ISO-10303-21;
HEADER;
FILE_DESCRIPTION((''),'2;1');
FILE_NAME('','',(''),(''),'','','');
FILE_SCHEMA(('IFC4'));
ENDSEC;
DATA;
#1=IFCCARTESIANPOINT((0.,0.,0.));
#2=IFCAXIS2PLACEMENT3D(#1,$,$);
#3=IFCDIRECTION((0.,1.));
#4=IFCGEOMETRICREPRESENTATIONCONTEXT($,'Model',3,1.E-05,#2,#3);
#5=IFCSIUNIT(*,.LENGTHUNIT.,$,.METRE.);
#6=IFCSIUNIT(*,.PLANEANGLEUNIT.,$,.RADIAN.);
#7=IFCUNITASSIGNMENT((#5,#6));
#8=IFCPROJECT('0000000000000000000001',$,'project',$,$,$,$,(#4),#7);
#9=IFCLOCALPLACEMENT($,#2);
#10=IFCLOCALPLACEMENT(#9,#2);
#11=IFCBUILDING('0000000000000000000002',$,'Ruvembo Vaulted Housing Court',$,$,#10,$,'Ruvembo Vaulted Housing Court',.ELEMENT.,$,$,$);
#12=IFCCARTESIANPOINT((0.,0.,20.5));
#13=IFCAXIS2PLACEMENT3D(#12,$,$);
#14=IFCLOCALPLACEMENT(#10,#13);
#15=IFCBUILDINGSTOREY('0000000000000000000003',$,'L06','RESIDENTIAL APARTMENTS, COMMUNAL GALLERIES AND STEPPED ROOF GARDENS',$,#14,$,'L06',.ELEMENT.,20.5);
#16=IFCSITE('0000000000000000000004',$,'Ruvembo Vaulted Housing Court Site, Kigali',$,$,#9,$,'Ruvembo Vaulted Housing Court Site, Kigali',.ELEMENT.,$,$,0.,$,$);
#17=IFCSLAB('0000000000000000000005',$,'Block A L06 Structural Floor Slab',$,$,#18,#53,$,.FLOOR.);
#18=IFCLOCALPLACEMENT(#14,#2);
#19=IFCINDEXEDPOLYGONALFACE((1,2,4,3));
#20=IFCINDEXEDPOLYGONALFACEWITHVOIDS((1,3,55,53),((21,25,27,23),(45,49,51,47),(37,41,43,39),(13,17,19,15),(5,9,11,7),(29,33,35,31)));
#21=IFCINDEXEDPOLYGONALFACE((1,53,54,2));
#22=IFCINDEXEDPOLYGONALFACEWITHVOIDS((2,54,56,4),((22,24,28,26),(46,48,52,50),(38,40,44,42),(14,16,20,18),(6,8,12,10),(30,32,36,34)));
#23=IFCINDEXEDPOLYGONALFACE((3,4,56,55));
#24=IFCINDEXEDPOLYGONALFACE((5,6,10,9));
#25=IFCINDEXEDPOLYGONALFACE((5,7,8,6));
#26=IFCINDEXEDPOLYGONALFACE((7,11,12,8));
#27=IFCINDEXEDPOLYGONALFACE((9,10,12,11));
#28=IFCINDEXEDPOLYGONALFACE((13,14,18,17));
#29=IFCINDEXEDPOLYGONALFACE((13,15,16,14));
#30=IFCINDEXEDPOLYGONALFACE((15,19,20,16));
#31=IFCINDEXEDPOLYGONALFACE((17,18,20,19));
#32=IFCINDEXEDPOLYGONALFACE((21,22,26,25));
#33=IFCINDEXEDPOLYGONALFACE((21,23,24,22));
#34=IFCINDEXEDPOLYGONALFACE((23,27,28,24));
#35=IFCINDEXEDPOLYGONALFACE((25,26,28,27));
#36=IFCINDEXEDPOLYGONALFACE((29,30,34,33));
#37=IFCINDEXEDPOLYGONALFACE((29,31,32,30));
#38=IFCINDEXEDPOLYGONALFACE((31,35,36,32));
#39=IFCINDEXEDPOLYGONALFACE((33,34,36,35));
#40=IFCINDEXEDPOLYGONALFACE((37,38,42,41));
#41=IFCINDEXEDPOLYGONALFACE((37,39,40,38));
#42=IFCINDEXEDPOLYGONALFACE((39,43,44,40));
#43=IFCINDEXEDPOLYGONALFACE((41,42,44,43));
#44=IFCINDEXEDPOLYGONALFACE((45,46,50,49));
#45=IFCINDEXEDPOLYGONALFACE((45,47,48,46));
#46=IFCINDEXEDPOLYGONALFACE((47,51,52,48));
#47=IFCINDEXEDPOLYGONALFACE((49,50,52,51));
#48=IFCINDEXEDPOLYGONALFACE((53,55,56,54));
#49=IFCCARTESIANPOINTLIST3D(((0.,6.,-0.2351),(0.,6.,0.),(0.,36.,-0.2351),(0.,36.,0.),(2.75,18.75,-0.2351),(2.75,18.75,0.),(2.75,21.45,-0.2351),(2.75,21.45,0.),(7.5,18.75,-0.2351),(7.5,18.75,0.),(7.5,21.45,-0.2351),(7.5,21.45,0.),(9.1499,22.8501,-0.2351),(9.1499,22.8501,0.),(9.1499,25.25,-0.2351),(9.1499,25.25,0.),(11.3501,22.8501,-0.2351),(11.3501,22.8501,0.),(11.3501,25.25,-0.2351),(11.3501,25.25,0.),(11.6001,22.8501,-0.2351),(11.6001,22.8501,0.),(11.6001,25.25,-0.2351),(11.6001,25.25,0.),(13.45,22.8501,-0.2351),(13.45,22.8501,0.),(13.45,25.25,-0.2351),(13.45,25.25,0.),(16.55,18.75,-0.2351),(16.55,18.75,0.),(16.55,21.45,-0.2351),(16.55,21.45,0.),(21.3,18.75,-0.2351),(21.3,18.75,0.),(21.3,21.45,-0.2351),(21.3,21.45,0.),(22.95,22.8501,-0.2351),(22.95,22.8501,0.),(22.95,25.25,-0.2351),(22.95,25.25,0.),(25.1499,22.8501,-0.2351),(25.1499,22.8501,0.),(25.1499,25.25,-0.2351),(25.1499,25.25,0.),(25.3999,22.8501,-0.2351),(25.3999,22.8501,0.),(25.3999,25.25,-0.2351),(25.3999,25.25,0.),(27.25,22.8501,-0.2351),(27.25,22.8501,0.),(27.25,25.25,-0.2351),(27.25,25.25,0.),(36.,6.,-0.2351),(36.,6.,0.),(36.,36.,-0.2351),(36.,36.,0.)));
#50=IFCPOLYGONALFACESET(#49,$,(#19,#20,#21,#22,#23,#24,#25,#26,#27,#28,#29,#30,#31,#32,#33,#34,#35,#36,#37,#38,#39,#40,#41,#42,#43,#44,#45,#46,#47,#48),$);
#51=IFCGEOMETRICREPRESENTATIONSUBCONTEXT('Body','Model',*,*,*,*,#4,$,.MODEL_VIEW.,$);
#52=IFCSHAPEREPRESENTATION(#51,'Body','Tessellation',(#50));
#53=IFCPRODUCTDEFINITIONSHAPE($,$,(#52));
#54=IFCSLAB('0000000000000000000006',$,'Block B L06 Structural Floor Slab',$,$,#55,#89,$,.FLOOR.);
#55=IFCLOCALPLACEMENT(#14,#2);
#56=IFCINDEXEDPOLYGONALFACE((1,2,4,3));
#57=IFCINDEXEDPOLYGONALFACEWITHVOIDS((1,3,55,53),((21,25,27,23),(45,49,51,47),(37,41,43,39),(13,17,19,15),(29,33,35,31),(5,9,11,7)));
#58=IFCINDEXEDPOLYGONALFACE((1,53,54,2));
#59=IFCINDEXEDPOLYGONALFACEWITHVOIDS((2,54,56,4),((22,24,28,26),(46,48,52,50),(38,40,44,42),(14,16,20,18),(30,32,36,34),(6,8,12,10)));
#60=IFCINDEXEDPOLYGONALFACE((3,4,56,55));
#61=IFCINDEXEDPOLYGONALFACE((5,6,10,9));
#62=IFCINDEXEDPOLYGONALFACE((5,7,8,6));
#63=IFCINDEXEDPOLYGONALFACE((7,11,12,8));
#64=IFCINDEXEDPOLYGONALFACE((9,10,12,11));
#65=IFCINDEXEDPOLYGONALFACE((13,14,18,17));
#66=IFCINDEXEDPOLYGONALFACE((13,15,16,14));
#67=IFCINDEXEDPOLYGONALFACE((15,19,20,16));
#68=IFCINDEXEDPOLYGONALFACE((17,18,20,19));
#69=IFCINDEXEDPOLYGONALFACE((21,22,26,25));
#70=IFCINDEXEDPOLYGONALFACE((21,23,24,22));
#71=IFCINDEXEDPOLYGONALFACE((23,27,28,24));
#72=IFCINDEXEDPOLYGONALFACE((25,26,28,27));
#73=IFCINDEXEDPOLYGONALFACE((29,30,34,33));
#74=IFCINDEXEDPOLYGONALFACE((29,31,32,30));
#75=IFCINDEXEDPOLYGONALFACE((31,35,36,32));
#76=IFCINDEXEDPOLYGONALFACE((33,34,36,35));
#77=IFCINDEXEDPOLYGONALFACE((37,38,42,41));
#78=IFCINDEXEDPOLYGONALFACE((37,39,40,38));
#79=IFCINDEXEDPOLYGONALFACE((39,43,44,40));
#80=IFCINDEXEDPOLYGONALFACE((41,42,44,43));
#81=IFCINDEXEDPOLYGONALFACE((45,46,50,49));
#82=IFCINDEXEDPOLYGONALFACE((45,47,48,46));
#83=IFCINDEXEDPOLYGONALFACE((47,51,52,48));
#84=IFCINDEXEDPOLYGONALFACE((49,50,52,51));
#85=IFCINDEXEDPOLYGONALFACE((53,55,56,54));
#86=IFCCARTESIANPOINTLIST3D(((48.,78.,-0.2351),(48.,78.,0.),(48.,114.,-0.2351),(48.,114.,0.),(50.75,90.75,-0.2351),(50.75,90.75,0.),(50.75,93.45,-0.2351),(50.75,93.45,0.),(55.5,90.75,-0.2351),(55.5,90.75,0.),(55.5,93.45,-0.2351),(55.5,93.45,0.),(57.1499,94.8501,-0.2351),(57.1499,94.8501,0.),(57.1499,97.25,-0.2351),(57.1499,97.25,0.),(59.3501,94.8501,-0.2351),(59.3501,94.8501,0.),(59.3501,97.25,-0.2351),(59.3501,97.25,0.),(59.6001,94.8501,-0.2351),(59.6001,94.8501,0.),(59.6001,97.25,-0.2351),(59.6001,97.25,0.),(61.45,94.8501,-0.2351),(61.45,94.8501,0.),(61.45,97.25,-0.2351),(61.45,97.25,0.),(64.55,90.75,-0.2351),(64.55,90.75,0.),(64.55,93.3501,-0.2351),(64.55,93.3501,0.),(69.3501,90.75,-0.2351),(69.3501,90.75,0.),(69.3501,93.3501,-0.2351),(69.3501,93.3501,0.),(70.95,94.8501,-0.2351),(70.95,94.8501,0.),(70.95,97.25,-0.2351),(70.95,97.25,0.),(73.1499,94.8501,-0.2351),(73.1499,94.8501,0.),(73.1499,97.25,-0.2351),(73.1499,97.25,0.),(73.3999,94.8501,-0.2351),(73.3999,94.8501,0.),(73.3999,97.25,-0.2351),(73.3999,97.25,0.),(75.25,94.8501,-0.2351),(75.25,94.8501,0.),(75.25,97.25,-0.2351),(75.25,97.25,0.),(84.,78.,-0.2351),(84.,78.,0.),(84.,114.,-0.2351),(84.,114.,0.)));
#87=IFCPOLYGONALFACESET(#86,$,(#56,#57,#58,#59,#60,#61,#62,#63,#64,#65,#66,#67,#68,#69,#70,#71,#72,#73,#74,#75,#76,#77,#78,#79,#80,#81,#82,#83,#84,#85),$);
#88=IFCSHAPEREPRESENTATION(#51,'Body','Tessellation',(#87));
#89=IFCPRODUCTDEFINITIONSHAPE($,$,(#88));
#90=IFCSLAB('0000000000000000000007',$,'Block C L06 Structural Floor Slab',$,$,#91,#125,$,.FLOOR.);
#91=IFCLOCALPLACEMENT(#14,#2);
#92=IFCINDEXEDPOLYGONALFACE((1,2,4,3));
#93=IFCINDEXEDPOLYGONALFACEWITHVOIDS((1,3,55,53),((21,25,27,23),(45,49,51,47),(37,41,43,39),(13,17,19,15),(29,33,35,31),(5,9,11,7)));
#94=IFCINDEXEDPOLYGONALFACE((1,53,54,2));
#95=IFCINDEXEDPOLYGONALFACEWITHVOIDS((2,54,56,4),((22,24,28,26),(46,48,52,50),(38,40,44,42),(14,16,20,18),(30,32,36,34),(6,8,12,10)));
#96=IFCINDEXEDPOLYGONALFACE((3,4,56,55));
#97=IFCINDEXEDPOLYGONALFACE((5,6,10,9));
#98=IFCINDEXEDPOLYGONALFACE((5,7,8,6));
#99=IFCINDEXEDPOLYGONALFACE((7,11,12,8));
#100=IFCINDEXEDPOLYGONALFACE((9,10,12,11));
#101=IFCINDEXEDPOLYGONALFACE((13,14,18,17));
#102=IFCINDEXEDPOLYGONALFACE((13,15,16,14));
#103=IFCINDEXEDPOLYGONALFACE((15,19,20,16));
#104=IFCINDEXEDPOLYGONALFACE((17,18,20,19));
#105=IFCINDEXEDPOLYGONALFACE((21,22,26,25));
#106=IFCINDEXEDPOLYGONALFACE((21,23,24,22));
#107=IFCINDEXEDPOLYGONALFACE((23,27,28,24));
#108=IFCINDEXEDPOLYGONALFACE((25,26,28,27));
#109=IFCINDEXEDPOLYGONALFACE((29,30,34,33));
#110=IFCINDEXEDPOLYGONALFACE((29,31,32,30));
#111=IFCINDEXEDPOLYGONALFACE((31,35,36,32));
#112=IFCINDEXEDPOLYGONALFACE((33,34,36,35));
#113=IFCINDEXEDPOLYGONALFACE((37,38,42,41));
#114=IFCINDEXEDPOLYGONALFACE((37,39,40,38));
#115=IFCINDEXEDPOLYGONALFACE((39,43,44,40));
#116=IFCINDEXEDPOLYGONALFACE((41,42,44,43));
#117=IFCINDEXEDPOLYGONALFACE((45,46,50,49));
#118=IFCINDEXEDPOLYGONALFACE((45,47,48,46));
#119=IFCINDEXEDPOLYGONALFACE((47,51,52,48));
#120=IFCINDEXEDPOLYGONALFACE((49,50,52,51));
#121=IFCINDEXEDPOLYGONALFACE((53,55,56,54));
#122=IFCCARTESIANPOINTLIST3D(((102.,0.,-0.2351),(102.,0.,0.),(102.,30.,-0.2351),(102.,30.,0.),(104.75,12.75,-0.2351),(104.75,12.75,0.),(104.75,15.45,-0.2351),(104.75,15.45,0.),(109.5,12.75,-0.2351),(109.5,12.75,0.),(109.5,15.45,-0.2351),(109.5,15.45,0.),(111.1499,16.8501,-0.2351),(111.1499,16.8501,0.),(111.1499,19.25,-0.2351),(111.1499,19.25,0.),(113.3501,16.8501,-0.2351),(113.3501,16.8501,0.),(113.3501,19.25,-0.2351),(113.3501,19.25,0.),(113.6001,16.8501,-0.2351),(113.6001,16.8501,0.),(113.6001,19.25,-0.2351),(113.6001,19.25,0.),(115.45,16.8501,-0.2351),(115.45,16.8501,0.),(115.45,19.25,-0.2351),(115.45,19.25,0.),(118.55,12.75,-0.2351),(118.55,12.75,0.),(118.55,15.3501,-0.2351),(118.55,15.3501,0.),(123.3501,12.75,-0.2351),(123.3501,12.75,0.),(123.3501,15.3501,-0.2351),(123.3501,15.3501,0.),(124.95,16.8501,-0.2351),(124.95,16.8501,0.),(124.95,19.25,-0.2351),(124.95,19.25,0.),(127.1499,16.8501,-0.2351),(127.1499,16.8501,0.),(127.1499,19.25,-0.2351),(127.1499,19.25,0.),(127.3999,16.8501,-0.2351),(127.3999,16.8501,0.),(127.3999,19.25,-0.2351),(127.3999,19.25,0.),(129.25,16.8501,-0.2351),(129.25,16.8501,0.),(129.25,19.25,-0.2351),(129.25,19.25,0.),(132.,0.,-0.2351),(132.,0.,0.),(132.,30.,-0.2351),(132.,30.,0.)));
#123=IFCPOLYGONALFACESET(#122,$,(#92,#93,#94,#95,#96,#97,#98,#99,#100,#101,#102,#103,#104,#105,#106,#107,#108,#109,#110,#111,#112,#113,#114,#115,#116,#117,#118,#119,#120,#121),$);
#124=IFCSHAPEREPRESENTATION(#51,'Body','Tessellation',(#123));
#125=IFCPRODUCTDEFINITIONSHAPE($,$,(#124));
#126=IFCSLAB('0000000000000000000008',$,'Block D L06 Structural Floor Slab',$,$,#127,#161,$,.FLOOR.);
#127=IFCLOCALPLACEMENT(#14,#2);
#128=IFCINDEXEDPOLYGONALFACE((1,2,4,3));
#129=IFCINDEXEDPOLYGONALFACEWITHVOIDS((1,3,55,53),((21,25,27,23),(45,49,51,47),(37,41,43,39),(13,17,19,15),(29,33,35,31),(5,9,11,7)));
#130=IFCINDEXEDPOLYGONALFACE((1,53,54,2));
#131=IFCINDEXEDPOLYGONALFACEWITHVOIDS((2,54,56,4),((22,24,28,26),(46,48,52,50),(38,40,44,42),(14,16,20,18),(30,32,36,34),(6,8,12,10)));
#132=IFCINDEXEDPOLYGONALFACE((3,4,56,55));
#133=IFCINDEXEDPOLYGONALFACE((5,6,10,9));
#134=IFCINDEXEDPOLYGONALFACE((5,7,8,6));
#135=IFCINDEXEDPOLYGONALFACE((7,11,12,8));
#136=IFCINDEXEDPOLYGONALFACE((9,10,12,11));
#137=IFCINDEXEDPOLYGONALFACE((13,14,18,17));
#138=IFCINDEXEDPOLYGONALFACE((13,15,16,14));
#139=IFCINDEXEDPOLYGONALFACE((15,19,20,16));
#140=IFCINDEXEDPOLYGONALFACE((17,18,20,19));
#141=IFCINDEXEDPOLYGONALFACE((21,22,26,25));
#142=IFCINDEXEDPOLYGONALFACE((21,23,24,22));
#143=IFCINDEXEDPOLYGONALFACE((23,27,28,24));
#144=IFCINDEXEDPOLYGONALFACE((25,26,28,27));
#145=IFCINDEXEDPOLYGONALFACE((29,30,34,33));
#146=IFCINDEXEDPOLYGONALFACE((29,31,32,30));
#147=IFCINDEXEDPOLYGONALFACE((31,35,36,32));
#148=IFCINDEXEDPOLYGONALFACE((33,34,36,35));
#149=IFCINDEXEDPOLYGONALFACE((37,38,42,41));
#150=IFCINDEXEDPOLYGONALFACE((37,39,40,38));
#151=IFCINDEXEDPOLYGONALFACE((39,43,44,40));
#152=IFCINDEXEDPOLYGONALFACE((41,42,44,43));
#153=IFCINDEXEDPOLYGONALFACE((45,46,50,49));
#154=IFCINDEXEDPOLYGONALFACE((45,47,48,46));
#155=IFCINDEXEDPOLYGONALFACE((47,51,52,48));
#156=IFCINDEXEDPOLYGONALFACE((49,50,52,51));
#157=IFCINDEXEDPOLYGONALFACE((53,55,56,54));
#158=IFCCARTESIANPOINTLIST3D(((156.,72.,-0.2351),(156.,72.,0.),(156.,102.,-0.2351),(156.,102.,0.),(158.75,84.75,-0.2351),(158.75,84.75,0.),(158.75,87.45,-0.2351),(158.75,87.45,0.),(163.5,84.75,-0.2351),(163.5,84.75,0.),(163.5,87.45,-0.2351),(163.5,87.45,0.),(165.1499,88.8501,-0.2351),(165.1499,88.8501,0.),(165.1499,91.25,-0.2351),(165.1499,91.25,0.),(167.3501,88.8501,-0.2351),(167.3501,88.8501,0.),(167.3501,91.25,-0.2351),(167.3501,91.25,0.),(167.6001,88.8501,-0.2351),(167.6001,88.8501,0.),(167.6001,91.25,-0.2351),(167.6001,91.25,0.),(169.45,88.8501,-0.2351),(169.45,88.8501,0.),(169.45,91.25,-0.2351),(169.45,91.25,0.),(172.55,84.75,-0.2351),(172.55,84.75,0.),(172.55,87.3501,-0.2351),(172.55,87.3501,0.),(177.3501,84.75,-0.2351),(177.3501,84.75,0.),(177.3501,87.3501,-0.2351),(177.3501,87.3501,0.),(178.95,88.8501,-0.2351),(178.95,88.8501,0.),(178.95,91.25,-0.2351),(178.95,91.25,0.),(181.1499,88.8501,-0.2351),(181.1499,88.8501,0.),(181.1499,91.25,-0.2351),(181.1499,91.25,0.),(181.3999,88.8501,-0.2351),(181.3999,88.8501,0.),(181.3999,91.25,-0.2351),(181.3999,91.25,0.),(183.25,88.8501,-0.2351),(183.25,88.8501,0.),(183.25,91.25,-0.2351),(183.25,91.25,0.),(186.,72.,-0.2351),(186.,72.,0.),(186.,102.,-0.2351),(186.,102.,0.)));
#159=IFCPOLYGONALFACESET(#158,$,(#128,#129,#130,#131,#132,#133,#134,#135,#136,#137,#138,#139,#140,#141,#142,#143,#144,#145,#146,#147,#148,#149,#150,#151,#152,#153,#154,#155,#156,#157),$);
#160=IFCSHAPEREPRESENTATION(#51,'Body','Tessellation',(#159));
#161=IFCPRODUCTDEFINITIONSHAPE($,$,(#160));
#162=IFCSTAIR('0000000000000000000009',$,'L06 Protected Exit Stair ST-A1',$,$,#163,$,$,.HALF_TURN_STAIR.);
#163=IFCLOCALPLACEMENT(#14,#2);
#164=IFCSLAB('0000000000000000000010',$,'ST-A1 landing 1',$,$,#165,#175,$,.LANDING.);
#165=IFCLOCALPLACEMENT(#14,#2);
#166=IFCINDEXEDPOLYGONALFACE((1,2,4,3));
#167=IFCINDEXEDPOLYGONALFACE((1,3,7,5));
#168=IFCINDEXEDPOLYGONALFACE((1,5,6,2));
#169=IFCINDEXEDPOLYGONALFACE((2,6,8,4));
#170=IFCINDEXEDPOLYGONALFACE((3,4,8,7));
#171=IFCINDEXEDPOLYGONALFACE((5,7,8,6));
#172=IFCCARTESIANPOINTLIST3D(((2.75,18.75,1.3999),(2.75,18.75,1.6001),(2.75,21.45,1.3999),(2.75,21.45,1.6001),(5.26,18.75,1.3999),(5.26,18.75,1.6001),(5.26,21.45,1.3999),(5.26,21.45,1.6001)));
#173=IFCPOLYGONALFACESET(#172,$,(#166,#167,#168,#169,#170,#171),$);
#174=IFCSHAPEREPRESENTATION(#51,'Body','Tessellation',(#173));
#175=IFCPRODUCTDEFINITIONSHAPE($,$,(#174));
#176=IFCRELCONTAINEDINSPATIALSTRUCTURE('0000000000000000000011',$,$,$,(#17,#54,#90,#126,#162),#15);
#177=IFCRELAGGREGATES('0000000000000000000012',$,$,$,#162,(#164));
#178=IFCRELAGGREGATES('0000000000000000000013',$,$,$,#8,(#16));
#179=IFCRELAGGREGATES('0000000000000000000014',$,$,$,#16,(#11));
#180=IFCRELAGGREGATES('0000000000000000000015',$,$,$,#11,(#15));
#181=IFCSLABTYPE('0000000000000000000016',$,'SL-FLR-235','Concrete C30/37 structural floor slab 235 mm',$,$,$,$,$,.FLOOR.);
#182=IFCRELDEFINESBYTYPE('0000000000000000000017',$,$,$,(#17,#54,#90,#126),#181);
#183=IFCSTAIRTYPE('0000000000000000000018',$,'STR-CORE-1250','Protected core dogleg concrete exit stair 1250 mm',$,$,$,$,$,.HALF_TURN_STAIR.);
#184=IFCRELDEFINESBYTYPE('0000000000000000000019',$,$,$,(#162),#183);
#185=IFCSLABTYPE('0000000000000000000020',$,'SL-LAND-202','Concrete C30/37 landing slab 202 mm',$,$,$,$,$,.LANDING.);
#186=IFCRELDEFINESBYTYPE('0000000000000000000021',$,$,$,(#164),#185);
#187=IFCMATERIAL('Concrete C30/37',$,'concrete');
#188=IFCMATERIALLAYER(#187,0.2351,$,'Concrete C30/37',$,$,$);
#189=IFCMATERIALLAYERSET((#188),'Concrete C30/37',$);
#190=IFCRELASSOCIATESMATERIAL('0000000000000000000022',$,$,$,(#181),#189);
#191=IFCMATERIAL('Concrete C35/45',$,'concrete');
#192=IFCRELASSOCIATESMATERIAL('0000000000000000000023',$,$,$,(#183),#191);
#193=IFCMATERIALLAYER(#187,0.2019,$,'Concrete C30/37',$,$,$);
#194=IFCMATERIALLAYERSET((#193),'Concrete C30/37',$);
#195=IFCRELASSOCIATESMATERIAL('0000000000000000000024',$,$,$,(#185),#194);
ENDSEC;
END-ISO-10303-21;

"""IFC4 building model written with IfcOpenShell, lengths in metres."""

from ifc_helpers import new_model, si_unit, direction, frame, origin, place, context, subcontext, project, spatial, polyline, outline, extrude, material, layer, layer_set, type_object, element, aggregate, save


model = new_model("IFC4")

# Units and contexts
model_context = context("Model", 3, precision=1e-05, world=origin(), true_north=direction((0.0, 1.0)))
body_context = subcontext(model_context, "Body", "Model", "MODEL_VIEW")
ifc_project = project(units=[si_unit("LENGTHUNIT", "METRE"), si_unit("PLANEANGLEUNIT", "RADIAN")], contexts=[model_context])

# Site, building, storey
site_placement = place(None, origin())
site = spatial("IfcSite", under=ifc_project, at=site_placement, Name="Ruvembo Vaulted Housing Court Site, Kigali", LongName="Ruvembo Vaulted Housing Court Site, Kigali", CompositionType="ELEMENT", RefElevation=0.0)
building_placement = place(site_placement, origin())
building = spatial("IfcBuilding", under=site, at=building_placement, Name="Ruvembo Vaulted Housing Court", LongName="Ruvembo Vaulted Housing Court", CompositionType="ELEMENT")
storey_placement = place(building_placement, frame((0.0, 0.0, 20.5)))
storey = spatial("IfcBuildingStorey", under=building, at=storey_placement, Name="L06", Description="RESIDENTIAL APARTMENTS, COMMUNAL GALLERIES AND STEPPED ROOF GARDENS", LongName="L06", CompositionType="ELEMENT", Elevation=20.5)

# Slabs
ifc_material_1 = material(Name="Concrete C30/37", Category="concrete")
ifc_layer_1 = layer(ifc_material_1, 0.2351, Name="Concrete C30/37")
ifc_layer_set_1 = layer_set([ifc_layer_1], Name="Concrete C30/37")
slab_type_1 = type_object("IfcSlabType", Name="SL-FLR-235", Description="Concrete C30/37 structural floor slab 235 mm", PredefinedType="FLOOR", material=ifc_layer_set_1)
slab_1_placement = place(storey_placement, frame((0.0, 0.0, -0.2351)))
element("IfcSlab", 1, at=slab_1_placement, inside=storey, type_object=slab_type_1, Name="Block A L06 Structural Floor Slab", PredefinedType="FLOOR", context=body_context, shape_type="SweptSolid", body=[
    extrude(outline(polyline([(36.0, 6.0), (36.0, 36.0), (0.0, 36.0), (0.0, 6.0), (36.0, 6.0)]), holes=[polyline([(7.5, 21.45), (2.75, 21.45), (2.75, 18.75), (7.5, 18.75), (7.5, 21.45)]), polyline([(9.1499, 22.8501), (11.3501, 22.8501), (11.3501, 25.25), (9.1499, 25.25), (9.1499, 22.8501)]), polyline([(11.6001, 22.8501), (13.45, 22.8501), (13.45, 25.25), (11.6001, 25.25), (11.6001, 22.8501)]), polyline([(21.3, 21.45), (16.55, 21.45), (16.55, 18.75), (21.3, 18.75), (21.3, 21.45)]), polyline([(22.95, 22.8501), (25.1499, 22.8501), (25.1499, 25.25), (22.95, 25.25), (22.95, 22.8501)]), polyline([(25.3999, 22.8501), (27.25, 22.8501), (27.25, 25.25), (25.3999, 25.25), (25.3999, 22.8501)])]), origin(), (0.0, 0.0, 1.0), 0.2351),
])
slab_2_placement = place(storey_placement, frame((0.0, 0.0, -0.2351)))
element("IfcSlab", 2, at=slab_2_placement, inside=storey, type_object=slab_type_1, Name="Block B L06 Structural Floor Slab", PredefinedType="FLOOR", context=body_context, shape_type="SweptSolid", body=[
    extrude(outline(polyline([(84.0, 78.0), (84.0, 114.0), (48.0, 114.0), (48.0, 78.0), (84.0, 78.0)]), holes=[polyline([(55.5, 93.45), (50.75, 93.45), (50.75, 90.75), (55.5, 90.75), (55.5, 93.45)]), polyline([(57.1499, 94.8501), (59.3501, 94.8501), (59.3501, 97.25), (57.1499, 97.25), (57.1499, 94.8501)]), polyline([(59.6001, 94.8501), (61.45, 94.8501), (61.45, 97.25), (59.6001, 97.25), (59.6001, 94.8501)]), polyline([(69.3501, 93.3501), (64.55, 93.3501), (64.55, 90.75), (69.3501, 90.75), (69.3501, 93.3501)]), polyline([(70.95, 94.8501), (73.1499, 94.8501), (73.1499, 97.25), (70.95, 97.25), (70.95, 94.8501)]), polyline([(73.3999, 94.8501), (75.25, 94.8501), (75.25, 97.25), (73.3999, 97.25), (73.3999, 94.8501)])]), origin(), (0.0, 0.0, 1.0), 0.2351),
])
slab_3_placement = place(storey_placement, frame((0.0, 0.0, -0.2351)))
element("IfcSlab", 3, at=slab_3_placement, inside=storey, type_object=slab_type_1, Name="Block C L06 Structural Floor Slab", PredefinedType="FLOOR", context=body_context, shape_type="SweptSolid", body=[
    extrude(outline(polyline([(132.0, 0.0), (132.0, 30.0), (102.0, 30.0), (102.0, 0.0), (132.0, 0.0)]), holes=[polyline([(109.5, 15.45), (104.75, 15.45), (104.75, 12.75), (109.5, 12.75), (109.5, 15.45)]), polyline([(111.1499, 16.8501), (113.3501, 16.8501), (113.3501, 19.25), (111.1499, 19.25), (111.1499, 16.8501)]), polyline([(113.6001, 16.8501), (115.45, 16.8501), (115.45, 19.25), (113.6001, 19.25), (113.6001, 16.8501)]), polyline([(123.3501, 15.3501), (118.55, 15.3501), (118.55, 12.75), (123.3501, 12.75), (123.3501, 15.3501)]), polyline([(124.95, 16.8501), (127.1499, 16.8501), (127.1499, 19.25), (124.95, 19.25), (124.95, 16.8501)]), polyline([(127.3999, 16.8501), (129.25, 16.8501), (129.25, 19.25), (127.3999, 19.25), (127.3999, 16.8501)])]), origin(), (0.0, 0.0, 1.0), 0.2351),
])
slab_4_placement = place(storey_placement, frame((0.0, 0.0, -0.2351)))
element("IfcSlab", 4, at=slab_4_placement, inside=storey, type_object=slab_type_1, Name="Block D L06 Structural Floor Slab", PredefinedType="FLOOR", context=body_context, shape_type="SweptSolid", body=[
    extrude(outline(polyline([(186.0, 72.0), (186.0, 102.0), (156.0, 102.0), (156.0, 72.0), (186.0, 72.0)]), holes=[polyline([(163.5, 87.45), (158.75, 87.45), (158.75, 84.75), (163.5, 84.75), (163.5, 87.45)]), polyline([(165.1499, 88.8501), (167.3501, 88.8501), (167.3501, 91.25), (165.1499, 91.25), (165.1499, 88.8501)]), polyline([(167.6001, 88.8501), (169.45, 88.8501), (169.45, 91.25), (167.6001, 91.25), (167.6001, 88.8501)]), polyline([(177.3501, 87.3501), (172.55, 87.3501), (172.55, 84.75), (177.3501, 84.75), (177.3501, 87.3501)]), polyline([(178.95, 88.8501), (181.1499, 88.8501), (181.1499, 91.25), (178.95, 91.25), (178.95, 88.8501)]), polyline([(181.3999, 88.8501), (183.25, 88.8501), (183.25, 91.25), (181.3999, 91.25), (181.3999, 88.8501)])]), origin(), (0.0, 0.0, 1.0), 0.2351),
])

# Stair, slab
ifc_material_2 = material(Name="Concrete C35/45", Category="concrete")
stair_type_1 = type_object("IfcStairType", Name="STR-CORE-1250", Description="Protected core dogleg concrete exit stair 1250 mm", PredefinedType="HALF_TURN_STAIR", material=ifc_material_2)
stair_1_placement = place(storey_placement, origin())
stair_1 = element("IfcStair", 5, at=stair_1_placement, inside=storey, type_object=stair_type_1, Name="L06 Protected Exit Stair ST-A1", PredefinedType="HALF_TURN_STAIR")
ifc_layer_2 = layer(ifc_material_1, 0.2019, Name="Concrete C30/37")
ifc_layer_set_2 = layer_set([ifc_layer_2], Name="Concrete C30/37")
slab_type_2 = type_object("IfcSlabType", Name="SL-LAND-202", Description="Concrete C30/37 landing slab 202 mm", PredefinedType="LANDING", material=ifc_layer_set_2)
slab_5_placement = place(storey_placement, frame((0.0, 0.0, 1.3999)))
slab_5 = element("IfcSlab", 6, at=slab_5_placement, type_object=slab_type_2, Name="ST-A1 landing 1", PredefinedType="LANDING", context=body_context, shape_type="SweptSolid", body=[
    extrude(outline(polyline([(5.26, 21.45), (2.75, 21.45), (2.75, 18.75), (5.26, 18.75), (5.26, 21.45)])), origin(), (0.0, 0.0, 1.0), 0.2002),
])
aggregate(stair_1, [slab_5])

save(model, "model.ifc")
